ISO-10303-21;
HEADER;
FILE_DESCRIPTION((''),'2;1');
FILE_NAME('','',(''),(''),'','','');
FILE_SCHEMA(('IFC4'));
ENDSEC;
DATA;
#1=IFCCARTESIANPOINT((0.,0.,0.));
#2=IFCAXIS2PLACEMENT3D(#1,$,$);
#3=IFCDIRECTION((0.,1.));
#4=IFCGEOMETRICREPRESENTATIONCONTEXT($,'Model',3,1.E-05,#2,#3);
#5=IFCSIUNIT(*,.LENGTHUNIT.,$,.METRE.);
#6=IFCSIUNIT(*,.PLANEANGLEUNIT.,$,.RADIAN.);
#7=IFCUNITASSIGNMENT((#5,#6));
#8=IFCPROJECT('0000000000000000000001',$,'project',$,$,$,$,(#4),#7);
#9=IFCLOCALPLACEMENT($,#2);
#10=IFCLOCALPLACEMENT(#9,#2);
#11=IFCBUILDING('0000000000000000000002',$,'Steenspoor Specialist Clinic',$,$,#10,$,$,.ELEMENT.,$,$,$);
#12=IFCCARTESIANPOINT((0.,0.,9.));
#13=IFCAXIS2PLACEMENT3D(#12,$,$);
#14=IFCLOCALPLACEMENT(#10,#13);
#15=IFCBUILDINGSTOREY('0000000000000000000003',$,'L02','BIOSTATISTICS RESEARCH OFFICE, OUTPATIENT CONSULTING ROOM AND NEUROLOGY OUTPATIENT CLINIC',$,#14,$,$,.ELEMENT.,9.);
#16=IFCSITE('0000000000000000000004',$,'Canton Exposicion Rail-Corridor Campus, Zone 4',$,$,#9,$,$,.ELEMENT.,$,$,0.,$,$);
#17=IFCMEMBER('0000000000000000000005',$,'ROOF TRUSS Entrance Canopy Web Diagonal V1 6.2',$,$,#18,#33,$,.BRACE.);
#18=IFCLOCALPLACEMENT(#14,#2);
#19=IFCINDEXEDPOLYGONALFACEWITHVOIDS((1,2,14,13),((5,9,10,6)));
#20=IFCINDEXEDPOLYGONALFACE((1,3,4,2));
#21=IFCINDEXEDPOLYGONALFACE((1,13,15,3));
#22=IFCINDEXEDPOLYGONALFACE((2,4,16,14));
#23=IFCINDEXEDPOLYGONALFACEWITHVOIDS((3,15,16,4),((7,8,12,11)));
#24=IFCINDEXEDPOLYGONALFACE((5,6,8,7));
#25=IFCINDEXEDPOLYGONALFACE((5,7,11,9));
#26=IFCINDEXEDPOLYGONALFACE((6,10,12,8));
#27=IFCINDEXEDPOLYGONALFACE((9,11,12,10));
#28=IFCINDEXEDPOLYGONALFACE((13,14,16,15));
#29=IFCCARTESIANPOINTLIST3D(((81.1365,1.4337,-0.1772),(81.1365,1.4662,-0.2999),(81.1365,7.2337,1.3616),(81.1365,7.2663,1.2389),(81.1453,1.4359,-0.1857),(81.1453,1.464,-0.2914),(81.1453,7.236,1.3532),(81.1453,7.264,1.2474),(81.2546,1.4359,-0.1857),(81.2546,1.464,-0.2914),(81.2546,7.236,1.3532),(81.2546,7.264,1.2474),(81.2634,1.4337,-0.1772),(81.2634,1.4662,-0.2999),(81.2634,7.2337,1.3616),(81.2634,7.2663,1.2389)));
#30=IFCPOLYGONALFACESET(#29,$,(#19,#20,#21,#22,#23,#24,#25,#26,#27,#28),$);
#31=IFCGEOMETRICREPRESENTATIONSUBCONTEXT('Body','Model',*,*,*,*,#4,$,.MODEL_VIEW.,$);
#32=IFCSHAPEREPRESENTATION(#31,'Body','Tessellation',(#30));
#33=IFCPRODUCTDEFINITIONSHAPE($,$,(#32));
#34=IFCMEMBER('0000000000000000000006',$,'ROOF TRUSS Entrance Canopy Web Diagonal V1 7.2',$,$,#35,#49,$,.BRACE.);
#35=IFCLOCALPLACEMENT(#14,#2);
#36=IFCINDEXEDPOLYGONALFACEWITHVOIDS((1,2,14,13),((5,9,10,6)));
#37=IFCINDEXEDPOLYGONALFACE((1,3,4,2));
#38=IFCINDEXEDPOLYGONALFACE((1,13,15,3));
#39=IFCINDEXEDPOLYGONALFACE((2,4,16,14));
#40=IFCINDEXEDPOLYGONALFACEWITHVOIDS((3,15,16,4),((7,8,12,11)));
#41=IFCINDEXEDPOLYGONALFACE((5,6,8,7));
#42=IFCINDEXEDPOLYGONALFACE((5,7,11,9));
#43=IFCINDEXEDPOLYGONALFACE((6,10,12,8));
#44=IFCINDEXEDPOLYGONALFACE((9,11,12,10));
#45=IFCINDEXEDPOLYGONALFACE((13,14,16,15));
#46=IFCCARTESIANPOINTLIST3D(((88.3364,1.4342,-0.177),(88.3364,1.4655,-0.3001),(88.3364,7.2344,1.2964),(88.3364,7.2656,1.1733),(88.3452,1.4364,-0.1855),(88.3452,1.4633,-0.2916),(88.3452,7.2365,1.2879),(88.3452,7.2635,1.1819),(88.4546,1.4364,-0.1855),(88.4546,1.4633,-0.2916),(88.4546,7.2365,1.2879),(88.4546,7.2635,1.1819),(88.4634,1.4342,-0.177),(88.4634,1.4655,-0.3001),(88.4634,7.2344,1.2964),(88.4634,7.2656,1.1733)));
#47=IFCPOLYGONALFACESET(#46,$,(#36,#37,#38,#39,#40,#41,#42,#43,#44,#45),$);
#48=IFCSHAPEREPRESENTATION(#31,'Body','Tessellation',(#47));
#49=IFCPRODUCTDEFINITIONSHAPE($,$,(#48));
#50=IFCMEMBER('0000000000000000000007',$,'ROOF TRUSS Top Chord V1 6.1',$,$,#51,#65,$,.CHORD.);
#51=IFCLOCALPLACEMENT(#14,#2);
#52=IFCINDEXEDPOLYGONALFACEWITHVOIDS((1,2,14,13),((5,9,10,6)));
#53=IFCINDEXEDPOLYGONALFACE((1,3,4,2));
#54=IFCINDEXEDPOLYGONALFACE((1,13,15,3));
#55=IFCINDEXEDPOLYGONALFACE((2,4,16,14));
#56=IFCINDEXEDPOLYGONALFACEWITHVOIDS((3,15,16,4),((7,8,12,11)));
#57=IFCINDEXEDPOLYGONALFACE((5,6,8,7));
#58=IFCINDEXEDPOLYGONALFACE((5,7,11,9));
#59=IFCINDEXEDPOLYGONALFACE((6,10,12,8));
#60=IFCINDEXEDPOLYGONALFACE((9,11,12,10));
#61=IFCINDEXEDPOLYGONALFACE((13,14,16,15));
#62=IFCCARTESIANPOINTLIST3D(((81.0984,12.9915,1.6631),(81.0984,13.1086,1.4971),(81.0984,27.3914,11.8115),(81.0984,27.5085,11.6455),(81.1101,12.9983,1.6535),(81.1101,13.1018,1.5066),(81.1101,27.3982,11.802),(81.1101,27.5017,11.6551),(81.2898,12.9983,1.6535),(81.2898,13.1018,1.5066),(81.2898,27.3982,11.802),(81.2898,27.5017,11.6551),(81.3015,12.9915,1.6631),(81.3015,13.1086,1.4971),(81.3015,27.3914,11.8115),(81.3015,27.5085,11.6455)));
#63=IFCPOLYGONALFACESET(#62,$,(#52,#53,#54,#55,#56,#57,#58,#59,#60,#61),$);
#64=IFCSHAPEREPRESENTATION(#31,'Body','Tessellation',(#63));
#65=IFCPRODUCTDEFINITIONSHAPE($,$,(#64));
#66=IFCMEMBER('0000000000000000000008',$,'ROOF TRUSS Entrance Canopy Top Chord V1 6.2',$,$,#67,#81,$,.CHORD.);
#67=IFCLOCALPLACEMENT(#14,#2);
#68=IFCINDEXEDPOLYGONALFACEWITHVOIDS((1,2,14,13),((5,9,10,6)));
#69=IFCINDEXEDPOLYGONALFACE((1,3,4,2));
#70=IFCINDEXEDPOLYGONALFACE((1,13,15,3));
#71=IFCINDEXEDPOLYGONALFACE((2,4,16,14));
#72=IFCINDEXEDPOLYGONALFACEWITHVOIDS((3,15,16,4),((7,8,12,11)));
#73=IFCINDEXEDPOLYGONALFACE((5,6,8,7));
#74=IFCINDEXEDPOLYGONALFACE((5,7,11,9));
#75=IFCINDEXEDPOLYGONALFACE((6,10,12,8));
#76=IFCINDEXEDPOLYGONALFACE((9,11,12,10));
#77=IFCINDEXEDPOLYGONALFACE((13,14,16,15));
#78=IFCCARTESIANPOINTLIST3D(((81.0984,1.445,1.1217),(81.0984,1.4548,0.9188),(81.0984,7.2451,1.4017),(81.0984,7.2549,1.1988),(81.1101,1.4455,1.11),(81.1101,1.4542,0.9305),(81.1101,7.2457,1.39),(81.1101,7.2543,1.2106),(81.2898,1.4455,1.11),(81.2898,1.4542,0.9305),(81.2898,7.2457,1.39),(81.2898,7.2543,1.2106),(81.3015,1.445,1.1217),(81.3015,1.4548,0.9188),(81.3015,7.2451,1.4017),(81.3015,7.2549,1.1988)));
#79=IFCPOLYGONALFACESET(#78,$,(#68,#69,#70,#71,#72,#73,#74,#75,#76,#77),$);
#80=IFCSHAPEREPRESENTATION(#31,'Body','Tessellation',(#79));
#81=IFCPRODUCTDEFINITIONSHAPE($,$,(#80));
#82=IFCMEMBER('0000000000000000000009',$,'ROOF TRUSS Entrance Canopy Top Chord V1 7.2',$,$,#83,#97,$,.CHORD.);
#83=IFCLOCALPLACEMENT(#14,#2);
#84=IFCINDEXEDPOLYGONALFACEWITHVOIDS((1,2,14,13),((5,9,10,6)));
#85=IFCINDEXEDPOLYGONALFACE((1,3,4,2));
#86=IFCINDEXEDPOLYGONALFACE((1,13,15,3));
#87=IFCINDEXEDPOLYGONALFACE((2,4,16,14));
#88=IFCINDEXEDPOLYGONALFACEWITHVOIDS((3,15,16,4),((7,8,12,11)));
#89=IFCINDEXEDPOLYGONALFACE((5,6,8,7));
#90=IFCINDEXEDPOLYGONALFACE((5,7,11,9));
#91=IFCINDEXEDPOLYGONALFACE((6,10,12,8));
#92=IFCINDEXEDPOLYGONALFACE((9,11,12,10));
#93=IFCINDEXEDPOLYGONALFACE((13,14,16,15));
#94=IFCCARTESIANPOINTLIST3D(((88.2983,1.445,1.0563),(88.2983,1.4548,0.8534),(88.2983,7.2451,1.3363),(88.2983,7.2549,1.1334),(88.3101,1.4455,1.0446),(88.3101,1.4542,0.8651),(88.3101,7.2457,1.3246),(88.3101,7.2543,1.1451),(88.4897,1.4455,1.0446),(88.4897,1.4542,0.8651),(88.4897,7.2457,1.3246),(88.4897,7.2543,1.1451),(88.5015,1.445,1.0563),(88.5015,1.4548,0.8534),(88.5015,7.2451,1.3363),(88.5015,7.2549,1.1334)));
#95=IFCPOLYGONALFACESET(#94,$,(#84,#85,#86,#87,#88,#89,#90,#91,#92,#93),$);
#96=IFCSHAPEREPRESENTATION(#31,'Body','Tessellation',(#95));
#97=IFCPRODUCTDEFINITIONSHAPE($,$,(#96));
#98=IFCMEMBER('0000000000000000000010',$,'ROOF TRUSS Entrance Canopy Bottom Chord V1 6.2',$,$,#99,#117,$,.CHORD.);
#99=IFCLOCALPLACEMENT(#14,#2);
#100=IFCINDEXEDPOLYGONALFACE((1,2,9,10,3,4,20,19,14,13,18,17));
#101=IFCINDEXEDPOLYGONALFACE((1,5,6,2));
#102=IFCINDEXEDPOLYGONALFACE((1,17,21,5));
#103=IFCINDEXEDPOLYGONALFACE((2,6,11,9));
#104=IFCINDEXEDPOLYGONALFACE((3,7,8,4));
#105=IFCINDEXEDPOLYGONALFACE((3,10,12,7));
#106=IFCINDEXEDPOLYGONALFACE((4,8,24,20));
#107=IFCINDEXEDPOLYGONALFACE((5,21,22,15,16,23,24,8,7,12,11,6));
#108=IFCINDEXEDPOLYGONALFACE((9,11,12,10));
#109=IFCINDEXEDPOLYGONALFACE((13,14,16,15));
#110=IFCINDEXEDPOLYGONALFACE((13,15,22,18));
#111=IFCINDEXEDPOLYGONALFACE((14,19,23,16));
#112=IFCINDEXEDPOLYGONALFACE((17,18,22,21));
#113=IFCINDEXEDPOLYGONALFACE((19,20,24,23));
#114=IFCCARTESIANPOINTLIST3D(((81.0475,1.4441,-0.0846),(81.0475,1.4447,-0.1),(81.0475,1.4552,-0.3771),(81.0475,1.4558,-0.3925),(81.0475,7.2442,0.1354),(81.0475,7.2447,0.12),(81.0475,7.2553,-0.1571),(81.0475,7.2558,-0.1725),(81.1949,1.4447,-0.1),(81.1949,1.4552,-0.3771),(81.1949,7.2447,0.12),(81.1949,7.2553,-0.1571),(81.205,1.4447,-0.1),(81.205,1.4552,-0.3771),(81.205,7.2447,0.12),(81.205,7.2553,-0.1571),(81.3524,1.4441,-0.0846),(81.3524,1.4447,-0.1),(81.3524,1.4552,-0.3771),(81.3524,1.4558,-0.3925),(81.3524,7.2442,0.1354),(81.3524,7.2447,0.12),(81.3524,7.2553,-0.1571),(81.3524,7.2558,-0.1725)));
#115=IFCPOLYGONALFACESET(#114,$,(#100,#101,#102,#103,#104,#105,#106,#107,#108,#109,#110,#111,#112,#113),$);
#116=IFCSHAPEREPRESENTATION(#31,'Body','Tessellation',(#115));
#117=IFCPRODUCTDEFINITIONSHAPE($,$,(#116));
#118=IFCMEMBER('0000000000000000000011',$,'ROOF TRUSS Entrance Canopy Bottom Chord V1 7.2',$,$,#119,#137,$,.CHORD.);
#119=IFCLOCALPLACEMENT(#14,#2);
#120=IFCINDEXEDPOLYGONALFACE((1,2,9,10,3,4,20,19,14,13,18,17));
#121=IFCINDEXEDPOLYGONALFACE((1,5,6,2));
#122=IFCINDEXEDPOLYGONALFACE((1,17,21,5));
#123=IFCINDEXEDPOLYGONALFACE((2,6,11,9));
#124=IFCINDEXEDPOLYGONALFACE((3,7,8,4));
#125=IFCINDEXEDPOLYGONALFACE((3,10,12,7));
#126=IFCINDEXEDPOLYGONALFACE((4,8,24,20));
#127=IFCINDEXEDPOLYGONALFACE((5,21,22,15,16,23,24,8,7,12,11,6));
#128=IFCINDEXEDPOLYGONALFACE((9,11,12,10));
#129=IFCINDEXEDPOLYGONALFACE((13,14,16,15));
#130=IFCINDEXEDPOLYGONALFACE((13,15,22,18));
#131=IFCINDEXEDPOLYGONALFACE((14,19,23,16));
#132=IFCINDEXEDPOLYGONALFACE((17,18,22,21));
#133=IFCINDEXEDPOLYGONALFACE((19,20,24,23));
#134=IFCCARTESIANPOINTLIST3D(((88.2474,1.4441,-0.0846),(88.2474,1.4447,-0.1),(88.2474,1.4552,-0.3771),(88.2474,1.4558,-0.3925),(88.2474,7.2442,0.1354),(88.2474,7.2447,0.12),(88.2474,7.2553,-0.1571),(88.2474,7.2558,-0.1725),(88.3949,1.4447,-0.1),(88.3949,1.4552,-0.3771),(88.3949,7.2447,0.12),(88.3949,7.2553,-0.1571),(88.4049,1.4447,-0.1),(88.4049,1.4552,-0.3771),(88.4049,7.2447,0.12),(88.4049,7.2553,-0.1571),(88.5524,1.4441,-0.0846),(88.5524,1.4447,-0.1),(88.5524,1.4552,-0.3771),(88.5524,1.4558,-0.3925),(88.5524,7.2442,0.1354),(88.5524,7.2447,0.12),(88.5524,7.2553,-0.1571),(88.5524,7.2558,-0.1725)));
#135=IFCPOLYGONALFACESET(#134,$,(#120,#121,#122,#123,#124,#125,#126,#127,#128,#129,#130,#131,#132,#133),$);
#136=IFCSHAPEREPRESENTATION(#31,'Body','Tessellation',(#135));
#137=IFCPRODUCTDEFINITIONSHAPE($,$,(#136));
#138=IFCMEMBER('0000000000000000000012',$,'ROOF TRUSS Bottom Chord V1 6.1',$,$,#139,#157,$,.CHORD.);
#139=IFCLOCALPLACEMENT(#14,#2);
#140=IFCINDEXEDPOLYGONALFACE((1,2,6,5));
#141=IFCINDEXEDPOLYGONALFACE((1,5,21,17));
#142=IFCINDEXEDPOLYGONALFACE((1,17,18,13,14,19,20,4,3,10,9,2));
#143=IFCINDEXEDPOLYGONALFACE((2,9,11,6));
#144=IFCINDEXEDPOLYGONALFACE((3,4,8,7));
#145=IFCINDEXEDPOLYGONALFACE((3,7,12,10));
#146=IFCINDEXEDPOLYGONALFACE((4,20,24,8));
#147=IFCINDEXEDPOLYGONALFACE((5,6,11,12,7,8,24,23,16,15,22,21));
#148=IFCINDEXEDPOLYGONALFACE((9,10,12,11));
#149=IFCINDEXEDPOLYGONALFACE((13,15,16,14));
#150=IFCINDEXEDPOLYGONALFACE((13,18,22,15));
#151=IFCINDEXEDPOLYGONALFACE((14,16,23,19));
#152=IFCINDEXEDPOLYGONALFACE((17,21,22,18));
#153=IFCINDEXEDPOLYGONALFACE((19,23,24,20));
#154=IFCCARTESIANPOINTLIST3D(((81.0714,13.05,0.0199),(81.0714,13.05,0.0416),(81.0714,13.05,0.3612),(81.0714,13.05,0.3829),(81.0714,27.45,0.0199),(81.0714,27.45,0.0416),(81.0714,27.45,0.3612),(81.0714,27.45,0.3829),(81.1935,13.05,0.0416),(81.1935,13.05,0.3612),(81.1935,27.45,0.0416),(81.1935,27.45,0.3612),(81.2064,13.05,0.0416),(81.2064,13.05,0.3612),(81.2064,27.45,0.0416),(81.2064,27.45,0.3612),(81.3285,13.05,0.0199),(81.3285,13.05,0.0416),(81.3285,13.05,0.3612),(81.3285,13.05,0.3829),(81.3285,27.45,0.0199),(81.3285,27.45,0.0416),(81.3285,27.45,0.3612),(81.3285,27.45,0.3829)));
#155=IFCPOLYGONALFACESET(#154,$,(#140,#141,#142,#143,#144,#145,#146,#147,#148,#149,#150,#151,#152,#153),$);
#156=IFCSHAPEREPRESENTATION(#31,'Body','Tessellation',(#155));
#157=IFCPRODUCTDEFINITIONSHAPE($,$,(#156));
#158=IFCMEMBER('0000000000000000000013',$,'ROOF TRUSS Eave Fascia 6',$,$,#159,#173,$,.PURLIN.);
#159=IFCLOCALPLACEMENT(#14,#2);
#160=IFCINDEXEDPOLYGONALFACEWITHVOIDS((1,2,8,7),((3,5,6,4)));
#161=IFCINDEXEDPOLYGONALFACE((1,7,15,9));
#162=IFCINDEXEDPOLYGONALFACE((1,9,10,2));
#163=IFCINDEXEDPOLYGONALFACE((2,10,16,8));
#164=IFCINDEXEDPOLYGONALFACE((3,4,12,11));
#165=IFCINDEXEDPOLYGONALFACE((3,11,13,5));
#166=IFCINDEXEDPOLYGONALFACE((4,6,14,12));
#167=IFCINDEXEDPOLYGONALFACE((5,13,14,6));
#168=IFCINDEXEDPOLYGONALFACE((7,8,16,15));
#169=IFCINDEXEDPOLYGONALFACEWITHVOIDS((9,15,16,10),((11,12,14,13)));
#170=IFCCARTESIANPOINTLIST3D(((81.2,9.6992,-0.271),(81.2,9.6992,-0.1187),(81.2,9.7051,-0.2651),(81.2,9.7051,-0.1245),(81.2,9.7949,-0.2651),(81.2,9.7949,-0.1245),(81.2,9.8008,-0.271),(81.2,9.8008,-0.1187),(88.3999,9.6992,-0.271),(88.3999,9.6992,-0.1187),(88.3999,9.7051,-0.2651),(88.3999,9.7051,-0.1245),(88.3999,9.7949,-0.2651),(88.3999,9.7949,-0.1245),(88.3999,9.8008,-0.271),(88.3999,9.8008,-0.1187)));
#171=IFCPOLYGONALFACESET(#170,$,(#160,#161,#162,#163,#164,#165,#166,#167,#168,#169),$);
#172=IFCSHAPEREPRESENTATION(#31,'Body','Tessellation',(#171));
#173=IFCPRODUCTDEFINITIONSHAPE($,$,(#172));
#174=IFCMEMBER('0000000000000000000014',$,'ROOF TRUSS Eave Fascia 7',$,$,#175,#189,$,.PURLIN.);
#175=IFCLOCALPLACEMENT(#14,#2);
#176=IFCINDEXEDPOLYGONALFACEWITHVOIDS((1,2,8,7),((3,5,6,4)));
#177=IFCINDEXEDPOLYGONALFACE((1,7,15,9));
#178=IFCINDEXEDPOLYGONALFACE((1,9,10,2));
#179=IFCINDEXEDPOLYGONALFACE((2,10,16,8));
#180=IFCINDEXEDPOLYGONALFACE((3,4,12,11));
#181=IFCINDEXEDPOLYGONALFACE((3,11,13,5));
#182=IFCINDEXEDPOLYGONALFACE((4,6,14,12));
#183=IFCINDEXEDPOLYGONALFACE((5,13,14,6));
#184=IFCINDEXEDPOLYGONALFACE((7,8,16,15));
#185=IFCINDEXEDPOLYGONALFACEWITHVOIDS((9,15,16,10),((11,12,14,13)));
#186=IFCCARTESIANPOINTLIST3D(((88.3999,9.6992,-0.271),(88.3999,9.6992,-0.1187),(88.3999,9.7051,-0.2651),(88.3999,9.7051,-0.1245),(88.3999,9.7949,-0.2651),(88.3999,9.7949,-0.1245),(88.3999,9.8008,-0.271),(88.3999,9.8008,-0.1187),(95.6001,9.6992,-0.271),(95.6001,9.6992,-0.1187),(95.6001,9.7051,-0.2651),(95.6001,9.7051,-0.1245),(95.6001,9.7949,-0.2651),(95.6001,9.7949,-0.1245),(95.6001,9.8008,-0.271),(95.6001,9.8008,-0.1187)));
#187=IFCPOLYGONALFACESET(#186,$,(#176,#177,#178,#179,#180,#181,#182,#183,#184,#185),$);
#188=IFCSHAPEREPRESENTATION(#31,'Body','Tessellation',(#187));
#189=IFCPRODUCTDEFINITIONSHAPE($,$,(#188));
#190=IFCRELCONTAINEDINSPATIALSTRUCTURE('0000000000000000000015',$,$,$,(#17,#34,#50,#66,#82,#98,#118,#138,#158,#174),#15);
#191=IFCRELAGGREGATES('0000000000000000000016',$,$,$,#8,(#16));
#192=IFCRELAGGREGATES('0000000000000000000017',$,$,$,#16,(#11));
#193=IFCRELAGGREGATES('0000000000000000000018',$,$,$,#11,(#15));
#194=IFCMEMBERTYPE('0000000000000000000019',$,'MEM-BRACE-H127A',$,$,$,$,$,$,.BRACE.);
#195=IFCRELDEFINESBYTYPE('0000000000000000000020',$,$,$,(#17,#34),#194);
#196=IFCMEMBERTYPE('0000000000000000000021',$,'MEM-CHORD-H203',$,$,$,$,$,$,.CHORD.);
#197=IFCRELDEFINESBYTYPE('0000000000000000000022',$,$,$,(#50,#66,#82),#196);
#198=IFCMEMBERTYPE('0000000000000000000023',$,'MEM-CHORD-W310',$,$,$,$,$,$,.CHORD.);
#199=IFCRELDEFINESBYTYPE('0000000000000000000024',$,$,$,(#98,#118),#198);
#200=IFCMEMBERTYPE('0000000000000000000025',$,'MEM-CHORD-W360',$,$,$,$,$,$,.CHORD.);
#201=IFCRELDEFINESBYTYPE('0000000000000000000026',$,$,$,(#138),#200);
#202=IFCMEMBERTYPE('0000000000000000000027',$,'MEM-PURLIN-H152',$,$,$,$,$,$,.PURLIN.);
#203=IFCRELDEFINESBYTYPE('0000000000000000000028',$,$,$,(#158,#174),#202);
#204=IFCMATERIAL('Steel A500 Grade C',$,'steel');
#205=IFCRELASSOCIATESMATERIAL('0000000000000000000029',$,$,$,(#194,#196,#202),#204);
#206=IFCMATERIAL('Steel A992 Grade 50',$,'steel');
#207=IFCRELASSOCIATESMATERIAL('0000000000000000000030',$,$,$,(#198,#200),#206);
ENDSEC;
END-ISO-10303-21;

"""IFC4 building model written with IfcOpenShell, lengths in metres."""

from ifc_helpers import new_model, si_unit, direction, frame, origin, origin_2d, place, context, subcontext, project, spatial, hollow_rectangle, i_section, extrude, material, material_profile, profile_set, type_object, element, save


model = new_model("IFC4")

# Units and contexts
model_context = context("Model", 3, precision=1e-05, world=origin(), true_north=direction((0.0, 1.0)))
body_context = subcontext(model_context, "Body", "Model", "MODEL_VIEW")
ifc_project = project(units=[si_unit("LENGTHUNIT", "METRE"), si_unit("PLANEANGLEUNIT", "RADIAN")], contexts=[model_context])

# Site, building, storey
site_placement = place(None, origin())
site = spatial("IfcSite", under=ifc_project, at=site_placement, Name="Canton Exposicion Rail-Corridor Campus, Zone 4", CompositionType="ELEMENT", RefElevation=0.0)
building_placement = place(site_placement, origin())
building = spatial("IfcBuilding", under=site, at=building_placement, Name="Steenspoor Specialist Clinic", CompositionType="ELEMENT")
storey_placement = place(building_placement, frame((0.0, 0.0, 9.0)))
storey = spatial("IfcBuildingStorey", under=building, at=storey_placement, Name="L02", Description="BIOSTATISTICS RESEARCH OFFICE, OUTPATIENT CONSULTING ROOM AND NEUROLOGY OUTPATIENT CLINIC", CompositionType="ELEMENT", Elevation=9.0)

# Members
ifc_material_1 = material(Name="Steel A500 Grade C", Category="steel")
ifc_material_profile_1 = material_profile(ifc_material_1, hollow_rectangle(XDim=0.127, YDim=0.127, WallThickness=0.0088, at=origin_2d()), Name="HSS127X127X9.5")
ifc_profile_set_1 = profile_set([ifc_material_profile_1], Name="Steel A500 Grade C")
member_type_1 = type_object("IfcMemberType", Name="MEM-BRACE-H127A", PredefinedType="BRACE", material=ifc_profile_set_1)
member_1_placement = place(storey_placement, frame((81.2, 7.25, 1.3003), z_axis=(0.0, -0.96656, -0.256439), x_axis=(1.0, 0.0, 0.0)))
element("IfcMember", 1, at=member_1_placement, inside=storey, type_object=member_type_1, Name="ROOF TRUSS Entrance Canopy Web Diagonal V1 6.2", PredefinedType="BRACE", context=body_context, shape_type="SweptSolid", body=[
    extrude(hollow_rectangle(XDim=0.127, YDim=0.127, WallThickness=0.0088, at=origin_2d()), origin(), (0.0, 0.0, 1.0), 6.0007),
])
member_2_placement = place(storey_placement, frame((88.3999, 7.25, 1.2349), z_axis=(0.0, -0.969216, -0.24621), x_axis=(1.0, 0.0, 0.0)))
element("IfcMember", 2, at=member_2_placement, inside=storey, type_object=member_type_1, Name="ROOF TRUSS Entrance Canopy Web Diagonal V1 7.2", PredefinedType="BRACE", context=body_context, shape_type="SweptSolid", body=[
    extrude(hollow_rectangle(XDim=0.127, YDim=0.127, WallThickness=0.0088, at=origin_2d()), origin(), (0.0, 0.0, 1.0), 5.9844),
])
ifc_material_profile_2 = material_profile(ifc_material_1, hollow_rectangle(XDim=0.2031, YDim=0.2031, WallThickness=0.0117, at=origin_2d()), Name="HSS203X203X12.7")
ifc_profile_set_2 = profile_set([ifc_material_profile_2], Name="Steel A500 Grade C")
member_type_2 = type_object("IfcMemberType", Name="MEM-CHORD-H203", PredefinedType="CHORD", material=ifc_profile_set_2)
member_3_placement = place(storey_placement, frame((81.2, 13.05, 1.5801), z_axis=(0.0, 0.817401, 0.576069), x_axis=(-1.0, 0.0, 0.0)))
element("IfcMember", 3, at=member_3_placement, inside=storey, type_object=member_type_2, Name="ROOF TRUSS Top Chord V1 6.1", PredefinedType="CHORD", context=body_context, shape_type="SweptSolid", body=[
    extrude(hollow_rectangle(XDim=0.2031, YDim=0.2031, WallThickness=0.0117, at=origin_2d()), origin(), (0.0, 0.0, 1.0), 17.6167),
])
for number, where, z_axis, x_axis, name in (
    (4, (81.2, 7.25, 1.3003), (0.0, -0.998837, -0.048224), (1.0, 0.0, 0.0), "ROOF TRUSS Entrance Canopy Top Chord V1 6.2"),
    (5, (88.3999, 7.25, 1.2349), (0.0, -0.998837, -0.048224), (1.0, 0.0, 0.0), "ROOF TRUSS Entrance Canopy Top Chord V1 7.2"),
):
    element("IfcMember", number, at=place(storey_placement, frame(where, z_axis=z_axis, x_axis=x_axis)), inside=storey, type_object=member_type_2, Name=name, PredefinedType="CHORD", context=body_context, shape_type="SweptSolid", body=[
        extrude(hollow_rectangle(XDim=0.2031, YDim=0.2031, WallThickness=0.0117, at=origin_2d()), origin(), (0.0, 0.0, 1.0), 5.8069),
    ])
ifc_material_2 = material(Name="Steel A992 Grade 50", Category="steel")
ifc_material_profile_3 = material_profile(ifc_material_2, i_section(OverallWidth=0.3049, OverallDepth=0.3081, WebThickness=0.01, FlangeThickness=0.0154, at=origin_2d()), Name="W310X97")
ifc_profile_set_3 = profile_set([ifc_material_profile_3], Name="Steel A992 Grade 50")
member_type_3 = type_object("IfcMemberType", Name="MEM-CHORD-W310", PredefinedType="CHORD", material=ifc_profile_set_3)
for number, where, z_axis, x_axis, name in (
    (6, (81.2, 7.25, -0.0186), (0.0, -0.999282, -0.037898), (1.0, 0.0, 0.0), "ROOF TRUSS Entrance Canopy Bottom Chord V1 6.2"),
    (7, (88.3999, 7.25, -0.0186), (0.0, -0.999282, -0.037898), (1.0, 0.0, 0.0), "ROOF TRUSS Entrance Canopy Bottom Chord V1 7.2"),
):
    element("IfcMember", number, at=place(storey_placement, frame(where, z_axis=z_axis, x_axis=x_axis)), inside=storey, type_object=member_type_3, Name=name, PredefinedType="CHORD", context=body_context, shape_type="SweptSolid", body=[
        extrude(i_section(OverallWidth=0.3049, OverallDepth=0.3081, WebThickness=0.01, FlangeThickness=0.0154, at=origin_2d()), origin(), (0.0, 0.0, 1.0), 5.8042),
    ])
ifc_material_profile_4 = material_profile(ifc_material_2, i_section(OverallWidth=0.2571, OverallDepth=0.363, WebThickness=0.0129, FlangeThickness=0.0217, at=origin_2d()), Name="W360X122")
ifc_profile_set_4 = profile_set([ifc_material_profile_4], Name="Steel A992 Grade 50")
member_type_4 = type_object("IfcMemberType", Name="MEM-CHORD-W360", PredefinedType="CHORD", material=ifc_profile_set_4)
member_4_placement = place(storey_placement, frame((81.2, 13.05, 0.2014), z_axis=(0.0, 1.0, 0.0), x_axis=(-1.0, 0.0, 0.0)))
element("IfcMember", 8, at=member_4_placement, inside=storey, type_object=member_type_4, Name="ROOF TRUSS Bottom Chord V1 6.1", PredefinedType="CHORD", context=body_context, shape_type="SweptSolid", body=[
    extrude(i_section(OverallWidth=0.2571, OverallDepth=0.363, WebThickness=0.0129, FlangeThickness=0.0217, at=origin_2d()), origin(), (0.0, 0.0, 1.0), 14.3999),
])
ifc_material_profile_5 = material_profile(ifc_material_1, hollow_rectangle(XDim=0.1016, YDim=0.1523, WallThickness=0.0059, at=origin_2d()), Name="HSS152X102X6.4")
ifc_profile_set_5 = profile_set([ifc_material_profile_5], Name="Steel A500 Grade C")
member_type_5 = type_object("IfcMemberType", Name="MEM-PURLIN-H152", PredefinedType="PURLIN", material=ifc_profile_set_5)
member_5_placement = place(storey_placement, frame((81.2, 9.75, -0.1948), z_axis=(1.0, 0.0, 0.0), x_axis=(0.0, 1.0, 0.0)))
element("IfcMember", 9, at=member_5_placement, inside=storey, type_object=member_type_5, Name="ROOF TRUSS Eave Fascia 6", PredefinedType="PURLIN", context=body_context, shape_type="SweptSolid", body=[
    extrude(hollow_rectangle(XDim=0.1016, YDim=0.1523, WallThickness=0.0059, at=origin_2d()), origin(), (0.0, 0.0, 1.0), 7.2),
])
member_6_placement = place(storey_placement, frame((88.3999, 9.75, -0.1948), z_axis=(1.0, 0.0, 0.0), x_axis=(0.0, 1.0, 0.0)))
element("IfcMember", 10, at=member_6_placement, inside=storey, type_object=member_type_5, Name="ROOF TRUSS Eave Fascia 7", PredefinedType="PURLIN", context=body_context, shape_type="SweptSolid", body=[
    extrude(hollow_rectangle(XDim=0.1016, YDim=0.1523, WallThickness=0.0059, at=origin_2d()), origin(), (0.0, 0.0, 1.0), 7.2002),
])

save(model, "model.ifc")
